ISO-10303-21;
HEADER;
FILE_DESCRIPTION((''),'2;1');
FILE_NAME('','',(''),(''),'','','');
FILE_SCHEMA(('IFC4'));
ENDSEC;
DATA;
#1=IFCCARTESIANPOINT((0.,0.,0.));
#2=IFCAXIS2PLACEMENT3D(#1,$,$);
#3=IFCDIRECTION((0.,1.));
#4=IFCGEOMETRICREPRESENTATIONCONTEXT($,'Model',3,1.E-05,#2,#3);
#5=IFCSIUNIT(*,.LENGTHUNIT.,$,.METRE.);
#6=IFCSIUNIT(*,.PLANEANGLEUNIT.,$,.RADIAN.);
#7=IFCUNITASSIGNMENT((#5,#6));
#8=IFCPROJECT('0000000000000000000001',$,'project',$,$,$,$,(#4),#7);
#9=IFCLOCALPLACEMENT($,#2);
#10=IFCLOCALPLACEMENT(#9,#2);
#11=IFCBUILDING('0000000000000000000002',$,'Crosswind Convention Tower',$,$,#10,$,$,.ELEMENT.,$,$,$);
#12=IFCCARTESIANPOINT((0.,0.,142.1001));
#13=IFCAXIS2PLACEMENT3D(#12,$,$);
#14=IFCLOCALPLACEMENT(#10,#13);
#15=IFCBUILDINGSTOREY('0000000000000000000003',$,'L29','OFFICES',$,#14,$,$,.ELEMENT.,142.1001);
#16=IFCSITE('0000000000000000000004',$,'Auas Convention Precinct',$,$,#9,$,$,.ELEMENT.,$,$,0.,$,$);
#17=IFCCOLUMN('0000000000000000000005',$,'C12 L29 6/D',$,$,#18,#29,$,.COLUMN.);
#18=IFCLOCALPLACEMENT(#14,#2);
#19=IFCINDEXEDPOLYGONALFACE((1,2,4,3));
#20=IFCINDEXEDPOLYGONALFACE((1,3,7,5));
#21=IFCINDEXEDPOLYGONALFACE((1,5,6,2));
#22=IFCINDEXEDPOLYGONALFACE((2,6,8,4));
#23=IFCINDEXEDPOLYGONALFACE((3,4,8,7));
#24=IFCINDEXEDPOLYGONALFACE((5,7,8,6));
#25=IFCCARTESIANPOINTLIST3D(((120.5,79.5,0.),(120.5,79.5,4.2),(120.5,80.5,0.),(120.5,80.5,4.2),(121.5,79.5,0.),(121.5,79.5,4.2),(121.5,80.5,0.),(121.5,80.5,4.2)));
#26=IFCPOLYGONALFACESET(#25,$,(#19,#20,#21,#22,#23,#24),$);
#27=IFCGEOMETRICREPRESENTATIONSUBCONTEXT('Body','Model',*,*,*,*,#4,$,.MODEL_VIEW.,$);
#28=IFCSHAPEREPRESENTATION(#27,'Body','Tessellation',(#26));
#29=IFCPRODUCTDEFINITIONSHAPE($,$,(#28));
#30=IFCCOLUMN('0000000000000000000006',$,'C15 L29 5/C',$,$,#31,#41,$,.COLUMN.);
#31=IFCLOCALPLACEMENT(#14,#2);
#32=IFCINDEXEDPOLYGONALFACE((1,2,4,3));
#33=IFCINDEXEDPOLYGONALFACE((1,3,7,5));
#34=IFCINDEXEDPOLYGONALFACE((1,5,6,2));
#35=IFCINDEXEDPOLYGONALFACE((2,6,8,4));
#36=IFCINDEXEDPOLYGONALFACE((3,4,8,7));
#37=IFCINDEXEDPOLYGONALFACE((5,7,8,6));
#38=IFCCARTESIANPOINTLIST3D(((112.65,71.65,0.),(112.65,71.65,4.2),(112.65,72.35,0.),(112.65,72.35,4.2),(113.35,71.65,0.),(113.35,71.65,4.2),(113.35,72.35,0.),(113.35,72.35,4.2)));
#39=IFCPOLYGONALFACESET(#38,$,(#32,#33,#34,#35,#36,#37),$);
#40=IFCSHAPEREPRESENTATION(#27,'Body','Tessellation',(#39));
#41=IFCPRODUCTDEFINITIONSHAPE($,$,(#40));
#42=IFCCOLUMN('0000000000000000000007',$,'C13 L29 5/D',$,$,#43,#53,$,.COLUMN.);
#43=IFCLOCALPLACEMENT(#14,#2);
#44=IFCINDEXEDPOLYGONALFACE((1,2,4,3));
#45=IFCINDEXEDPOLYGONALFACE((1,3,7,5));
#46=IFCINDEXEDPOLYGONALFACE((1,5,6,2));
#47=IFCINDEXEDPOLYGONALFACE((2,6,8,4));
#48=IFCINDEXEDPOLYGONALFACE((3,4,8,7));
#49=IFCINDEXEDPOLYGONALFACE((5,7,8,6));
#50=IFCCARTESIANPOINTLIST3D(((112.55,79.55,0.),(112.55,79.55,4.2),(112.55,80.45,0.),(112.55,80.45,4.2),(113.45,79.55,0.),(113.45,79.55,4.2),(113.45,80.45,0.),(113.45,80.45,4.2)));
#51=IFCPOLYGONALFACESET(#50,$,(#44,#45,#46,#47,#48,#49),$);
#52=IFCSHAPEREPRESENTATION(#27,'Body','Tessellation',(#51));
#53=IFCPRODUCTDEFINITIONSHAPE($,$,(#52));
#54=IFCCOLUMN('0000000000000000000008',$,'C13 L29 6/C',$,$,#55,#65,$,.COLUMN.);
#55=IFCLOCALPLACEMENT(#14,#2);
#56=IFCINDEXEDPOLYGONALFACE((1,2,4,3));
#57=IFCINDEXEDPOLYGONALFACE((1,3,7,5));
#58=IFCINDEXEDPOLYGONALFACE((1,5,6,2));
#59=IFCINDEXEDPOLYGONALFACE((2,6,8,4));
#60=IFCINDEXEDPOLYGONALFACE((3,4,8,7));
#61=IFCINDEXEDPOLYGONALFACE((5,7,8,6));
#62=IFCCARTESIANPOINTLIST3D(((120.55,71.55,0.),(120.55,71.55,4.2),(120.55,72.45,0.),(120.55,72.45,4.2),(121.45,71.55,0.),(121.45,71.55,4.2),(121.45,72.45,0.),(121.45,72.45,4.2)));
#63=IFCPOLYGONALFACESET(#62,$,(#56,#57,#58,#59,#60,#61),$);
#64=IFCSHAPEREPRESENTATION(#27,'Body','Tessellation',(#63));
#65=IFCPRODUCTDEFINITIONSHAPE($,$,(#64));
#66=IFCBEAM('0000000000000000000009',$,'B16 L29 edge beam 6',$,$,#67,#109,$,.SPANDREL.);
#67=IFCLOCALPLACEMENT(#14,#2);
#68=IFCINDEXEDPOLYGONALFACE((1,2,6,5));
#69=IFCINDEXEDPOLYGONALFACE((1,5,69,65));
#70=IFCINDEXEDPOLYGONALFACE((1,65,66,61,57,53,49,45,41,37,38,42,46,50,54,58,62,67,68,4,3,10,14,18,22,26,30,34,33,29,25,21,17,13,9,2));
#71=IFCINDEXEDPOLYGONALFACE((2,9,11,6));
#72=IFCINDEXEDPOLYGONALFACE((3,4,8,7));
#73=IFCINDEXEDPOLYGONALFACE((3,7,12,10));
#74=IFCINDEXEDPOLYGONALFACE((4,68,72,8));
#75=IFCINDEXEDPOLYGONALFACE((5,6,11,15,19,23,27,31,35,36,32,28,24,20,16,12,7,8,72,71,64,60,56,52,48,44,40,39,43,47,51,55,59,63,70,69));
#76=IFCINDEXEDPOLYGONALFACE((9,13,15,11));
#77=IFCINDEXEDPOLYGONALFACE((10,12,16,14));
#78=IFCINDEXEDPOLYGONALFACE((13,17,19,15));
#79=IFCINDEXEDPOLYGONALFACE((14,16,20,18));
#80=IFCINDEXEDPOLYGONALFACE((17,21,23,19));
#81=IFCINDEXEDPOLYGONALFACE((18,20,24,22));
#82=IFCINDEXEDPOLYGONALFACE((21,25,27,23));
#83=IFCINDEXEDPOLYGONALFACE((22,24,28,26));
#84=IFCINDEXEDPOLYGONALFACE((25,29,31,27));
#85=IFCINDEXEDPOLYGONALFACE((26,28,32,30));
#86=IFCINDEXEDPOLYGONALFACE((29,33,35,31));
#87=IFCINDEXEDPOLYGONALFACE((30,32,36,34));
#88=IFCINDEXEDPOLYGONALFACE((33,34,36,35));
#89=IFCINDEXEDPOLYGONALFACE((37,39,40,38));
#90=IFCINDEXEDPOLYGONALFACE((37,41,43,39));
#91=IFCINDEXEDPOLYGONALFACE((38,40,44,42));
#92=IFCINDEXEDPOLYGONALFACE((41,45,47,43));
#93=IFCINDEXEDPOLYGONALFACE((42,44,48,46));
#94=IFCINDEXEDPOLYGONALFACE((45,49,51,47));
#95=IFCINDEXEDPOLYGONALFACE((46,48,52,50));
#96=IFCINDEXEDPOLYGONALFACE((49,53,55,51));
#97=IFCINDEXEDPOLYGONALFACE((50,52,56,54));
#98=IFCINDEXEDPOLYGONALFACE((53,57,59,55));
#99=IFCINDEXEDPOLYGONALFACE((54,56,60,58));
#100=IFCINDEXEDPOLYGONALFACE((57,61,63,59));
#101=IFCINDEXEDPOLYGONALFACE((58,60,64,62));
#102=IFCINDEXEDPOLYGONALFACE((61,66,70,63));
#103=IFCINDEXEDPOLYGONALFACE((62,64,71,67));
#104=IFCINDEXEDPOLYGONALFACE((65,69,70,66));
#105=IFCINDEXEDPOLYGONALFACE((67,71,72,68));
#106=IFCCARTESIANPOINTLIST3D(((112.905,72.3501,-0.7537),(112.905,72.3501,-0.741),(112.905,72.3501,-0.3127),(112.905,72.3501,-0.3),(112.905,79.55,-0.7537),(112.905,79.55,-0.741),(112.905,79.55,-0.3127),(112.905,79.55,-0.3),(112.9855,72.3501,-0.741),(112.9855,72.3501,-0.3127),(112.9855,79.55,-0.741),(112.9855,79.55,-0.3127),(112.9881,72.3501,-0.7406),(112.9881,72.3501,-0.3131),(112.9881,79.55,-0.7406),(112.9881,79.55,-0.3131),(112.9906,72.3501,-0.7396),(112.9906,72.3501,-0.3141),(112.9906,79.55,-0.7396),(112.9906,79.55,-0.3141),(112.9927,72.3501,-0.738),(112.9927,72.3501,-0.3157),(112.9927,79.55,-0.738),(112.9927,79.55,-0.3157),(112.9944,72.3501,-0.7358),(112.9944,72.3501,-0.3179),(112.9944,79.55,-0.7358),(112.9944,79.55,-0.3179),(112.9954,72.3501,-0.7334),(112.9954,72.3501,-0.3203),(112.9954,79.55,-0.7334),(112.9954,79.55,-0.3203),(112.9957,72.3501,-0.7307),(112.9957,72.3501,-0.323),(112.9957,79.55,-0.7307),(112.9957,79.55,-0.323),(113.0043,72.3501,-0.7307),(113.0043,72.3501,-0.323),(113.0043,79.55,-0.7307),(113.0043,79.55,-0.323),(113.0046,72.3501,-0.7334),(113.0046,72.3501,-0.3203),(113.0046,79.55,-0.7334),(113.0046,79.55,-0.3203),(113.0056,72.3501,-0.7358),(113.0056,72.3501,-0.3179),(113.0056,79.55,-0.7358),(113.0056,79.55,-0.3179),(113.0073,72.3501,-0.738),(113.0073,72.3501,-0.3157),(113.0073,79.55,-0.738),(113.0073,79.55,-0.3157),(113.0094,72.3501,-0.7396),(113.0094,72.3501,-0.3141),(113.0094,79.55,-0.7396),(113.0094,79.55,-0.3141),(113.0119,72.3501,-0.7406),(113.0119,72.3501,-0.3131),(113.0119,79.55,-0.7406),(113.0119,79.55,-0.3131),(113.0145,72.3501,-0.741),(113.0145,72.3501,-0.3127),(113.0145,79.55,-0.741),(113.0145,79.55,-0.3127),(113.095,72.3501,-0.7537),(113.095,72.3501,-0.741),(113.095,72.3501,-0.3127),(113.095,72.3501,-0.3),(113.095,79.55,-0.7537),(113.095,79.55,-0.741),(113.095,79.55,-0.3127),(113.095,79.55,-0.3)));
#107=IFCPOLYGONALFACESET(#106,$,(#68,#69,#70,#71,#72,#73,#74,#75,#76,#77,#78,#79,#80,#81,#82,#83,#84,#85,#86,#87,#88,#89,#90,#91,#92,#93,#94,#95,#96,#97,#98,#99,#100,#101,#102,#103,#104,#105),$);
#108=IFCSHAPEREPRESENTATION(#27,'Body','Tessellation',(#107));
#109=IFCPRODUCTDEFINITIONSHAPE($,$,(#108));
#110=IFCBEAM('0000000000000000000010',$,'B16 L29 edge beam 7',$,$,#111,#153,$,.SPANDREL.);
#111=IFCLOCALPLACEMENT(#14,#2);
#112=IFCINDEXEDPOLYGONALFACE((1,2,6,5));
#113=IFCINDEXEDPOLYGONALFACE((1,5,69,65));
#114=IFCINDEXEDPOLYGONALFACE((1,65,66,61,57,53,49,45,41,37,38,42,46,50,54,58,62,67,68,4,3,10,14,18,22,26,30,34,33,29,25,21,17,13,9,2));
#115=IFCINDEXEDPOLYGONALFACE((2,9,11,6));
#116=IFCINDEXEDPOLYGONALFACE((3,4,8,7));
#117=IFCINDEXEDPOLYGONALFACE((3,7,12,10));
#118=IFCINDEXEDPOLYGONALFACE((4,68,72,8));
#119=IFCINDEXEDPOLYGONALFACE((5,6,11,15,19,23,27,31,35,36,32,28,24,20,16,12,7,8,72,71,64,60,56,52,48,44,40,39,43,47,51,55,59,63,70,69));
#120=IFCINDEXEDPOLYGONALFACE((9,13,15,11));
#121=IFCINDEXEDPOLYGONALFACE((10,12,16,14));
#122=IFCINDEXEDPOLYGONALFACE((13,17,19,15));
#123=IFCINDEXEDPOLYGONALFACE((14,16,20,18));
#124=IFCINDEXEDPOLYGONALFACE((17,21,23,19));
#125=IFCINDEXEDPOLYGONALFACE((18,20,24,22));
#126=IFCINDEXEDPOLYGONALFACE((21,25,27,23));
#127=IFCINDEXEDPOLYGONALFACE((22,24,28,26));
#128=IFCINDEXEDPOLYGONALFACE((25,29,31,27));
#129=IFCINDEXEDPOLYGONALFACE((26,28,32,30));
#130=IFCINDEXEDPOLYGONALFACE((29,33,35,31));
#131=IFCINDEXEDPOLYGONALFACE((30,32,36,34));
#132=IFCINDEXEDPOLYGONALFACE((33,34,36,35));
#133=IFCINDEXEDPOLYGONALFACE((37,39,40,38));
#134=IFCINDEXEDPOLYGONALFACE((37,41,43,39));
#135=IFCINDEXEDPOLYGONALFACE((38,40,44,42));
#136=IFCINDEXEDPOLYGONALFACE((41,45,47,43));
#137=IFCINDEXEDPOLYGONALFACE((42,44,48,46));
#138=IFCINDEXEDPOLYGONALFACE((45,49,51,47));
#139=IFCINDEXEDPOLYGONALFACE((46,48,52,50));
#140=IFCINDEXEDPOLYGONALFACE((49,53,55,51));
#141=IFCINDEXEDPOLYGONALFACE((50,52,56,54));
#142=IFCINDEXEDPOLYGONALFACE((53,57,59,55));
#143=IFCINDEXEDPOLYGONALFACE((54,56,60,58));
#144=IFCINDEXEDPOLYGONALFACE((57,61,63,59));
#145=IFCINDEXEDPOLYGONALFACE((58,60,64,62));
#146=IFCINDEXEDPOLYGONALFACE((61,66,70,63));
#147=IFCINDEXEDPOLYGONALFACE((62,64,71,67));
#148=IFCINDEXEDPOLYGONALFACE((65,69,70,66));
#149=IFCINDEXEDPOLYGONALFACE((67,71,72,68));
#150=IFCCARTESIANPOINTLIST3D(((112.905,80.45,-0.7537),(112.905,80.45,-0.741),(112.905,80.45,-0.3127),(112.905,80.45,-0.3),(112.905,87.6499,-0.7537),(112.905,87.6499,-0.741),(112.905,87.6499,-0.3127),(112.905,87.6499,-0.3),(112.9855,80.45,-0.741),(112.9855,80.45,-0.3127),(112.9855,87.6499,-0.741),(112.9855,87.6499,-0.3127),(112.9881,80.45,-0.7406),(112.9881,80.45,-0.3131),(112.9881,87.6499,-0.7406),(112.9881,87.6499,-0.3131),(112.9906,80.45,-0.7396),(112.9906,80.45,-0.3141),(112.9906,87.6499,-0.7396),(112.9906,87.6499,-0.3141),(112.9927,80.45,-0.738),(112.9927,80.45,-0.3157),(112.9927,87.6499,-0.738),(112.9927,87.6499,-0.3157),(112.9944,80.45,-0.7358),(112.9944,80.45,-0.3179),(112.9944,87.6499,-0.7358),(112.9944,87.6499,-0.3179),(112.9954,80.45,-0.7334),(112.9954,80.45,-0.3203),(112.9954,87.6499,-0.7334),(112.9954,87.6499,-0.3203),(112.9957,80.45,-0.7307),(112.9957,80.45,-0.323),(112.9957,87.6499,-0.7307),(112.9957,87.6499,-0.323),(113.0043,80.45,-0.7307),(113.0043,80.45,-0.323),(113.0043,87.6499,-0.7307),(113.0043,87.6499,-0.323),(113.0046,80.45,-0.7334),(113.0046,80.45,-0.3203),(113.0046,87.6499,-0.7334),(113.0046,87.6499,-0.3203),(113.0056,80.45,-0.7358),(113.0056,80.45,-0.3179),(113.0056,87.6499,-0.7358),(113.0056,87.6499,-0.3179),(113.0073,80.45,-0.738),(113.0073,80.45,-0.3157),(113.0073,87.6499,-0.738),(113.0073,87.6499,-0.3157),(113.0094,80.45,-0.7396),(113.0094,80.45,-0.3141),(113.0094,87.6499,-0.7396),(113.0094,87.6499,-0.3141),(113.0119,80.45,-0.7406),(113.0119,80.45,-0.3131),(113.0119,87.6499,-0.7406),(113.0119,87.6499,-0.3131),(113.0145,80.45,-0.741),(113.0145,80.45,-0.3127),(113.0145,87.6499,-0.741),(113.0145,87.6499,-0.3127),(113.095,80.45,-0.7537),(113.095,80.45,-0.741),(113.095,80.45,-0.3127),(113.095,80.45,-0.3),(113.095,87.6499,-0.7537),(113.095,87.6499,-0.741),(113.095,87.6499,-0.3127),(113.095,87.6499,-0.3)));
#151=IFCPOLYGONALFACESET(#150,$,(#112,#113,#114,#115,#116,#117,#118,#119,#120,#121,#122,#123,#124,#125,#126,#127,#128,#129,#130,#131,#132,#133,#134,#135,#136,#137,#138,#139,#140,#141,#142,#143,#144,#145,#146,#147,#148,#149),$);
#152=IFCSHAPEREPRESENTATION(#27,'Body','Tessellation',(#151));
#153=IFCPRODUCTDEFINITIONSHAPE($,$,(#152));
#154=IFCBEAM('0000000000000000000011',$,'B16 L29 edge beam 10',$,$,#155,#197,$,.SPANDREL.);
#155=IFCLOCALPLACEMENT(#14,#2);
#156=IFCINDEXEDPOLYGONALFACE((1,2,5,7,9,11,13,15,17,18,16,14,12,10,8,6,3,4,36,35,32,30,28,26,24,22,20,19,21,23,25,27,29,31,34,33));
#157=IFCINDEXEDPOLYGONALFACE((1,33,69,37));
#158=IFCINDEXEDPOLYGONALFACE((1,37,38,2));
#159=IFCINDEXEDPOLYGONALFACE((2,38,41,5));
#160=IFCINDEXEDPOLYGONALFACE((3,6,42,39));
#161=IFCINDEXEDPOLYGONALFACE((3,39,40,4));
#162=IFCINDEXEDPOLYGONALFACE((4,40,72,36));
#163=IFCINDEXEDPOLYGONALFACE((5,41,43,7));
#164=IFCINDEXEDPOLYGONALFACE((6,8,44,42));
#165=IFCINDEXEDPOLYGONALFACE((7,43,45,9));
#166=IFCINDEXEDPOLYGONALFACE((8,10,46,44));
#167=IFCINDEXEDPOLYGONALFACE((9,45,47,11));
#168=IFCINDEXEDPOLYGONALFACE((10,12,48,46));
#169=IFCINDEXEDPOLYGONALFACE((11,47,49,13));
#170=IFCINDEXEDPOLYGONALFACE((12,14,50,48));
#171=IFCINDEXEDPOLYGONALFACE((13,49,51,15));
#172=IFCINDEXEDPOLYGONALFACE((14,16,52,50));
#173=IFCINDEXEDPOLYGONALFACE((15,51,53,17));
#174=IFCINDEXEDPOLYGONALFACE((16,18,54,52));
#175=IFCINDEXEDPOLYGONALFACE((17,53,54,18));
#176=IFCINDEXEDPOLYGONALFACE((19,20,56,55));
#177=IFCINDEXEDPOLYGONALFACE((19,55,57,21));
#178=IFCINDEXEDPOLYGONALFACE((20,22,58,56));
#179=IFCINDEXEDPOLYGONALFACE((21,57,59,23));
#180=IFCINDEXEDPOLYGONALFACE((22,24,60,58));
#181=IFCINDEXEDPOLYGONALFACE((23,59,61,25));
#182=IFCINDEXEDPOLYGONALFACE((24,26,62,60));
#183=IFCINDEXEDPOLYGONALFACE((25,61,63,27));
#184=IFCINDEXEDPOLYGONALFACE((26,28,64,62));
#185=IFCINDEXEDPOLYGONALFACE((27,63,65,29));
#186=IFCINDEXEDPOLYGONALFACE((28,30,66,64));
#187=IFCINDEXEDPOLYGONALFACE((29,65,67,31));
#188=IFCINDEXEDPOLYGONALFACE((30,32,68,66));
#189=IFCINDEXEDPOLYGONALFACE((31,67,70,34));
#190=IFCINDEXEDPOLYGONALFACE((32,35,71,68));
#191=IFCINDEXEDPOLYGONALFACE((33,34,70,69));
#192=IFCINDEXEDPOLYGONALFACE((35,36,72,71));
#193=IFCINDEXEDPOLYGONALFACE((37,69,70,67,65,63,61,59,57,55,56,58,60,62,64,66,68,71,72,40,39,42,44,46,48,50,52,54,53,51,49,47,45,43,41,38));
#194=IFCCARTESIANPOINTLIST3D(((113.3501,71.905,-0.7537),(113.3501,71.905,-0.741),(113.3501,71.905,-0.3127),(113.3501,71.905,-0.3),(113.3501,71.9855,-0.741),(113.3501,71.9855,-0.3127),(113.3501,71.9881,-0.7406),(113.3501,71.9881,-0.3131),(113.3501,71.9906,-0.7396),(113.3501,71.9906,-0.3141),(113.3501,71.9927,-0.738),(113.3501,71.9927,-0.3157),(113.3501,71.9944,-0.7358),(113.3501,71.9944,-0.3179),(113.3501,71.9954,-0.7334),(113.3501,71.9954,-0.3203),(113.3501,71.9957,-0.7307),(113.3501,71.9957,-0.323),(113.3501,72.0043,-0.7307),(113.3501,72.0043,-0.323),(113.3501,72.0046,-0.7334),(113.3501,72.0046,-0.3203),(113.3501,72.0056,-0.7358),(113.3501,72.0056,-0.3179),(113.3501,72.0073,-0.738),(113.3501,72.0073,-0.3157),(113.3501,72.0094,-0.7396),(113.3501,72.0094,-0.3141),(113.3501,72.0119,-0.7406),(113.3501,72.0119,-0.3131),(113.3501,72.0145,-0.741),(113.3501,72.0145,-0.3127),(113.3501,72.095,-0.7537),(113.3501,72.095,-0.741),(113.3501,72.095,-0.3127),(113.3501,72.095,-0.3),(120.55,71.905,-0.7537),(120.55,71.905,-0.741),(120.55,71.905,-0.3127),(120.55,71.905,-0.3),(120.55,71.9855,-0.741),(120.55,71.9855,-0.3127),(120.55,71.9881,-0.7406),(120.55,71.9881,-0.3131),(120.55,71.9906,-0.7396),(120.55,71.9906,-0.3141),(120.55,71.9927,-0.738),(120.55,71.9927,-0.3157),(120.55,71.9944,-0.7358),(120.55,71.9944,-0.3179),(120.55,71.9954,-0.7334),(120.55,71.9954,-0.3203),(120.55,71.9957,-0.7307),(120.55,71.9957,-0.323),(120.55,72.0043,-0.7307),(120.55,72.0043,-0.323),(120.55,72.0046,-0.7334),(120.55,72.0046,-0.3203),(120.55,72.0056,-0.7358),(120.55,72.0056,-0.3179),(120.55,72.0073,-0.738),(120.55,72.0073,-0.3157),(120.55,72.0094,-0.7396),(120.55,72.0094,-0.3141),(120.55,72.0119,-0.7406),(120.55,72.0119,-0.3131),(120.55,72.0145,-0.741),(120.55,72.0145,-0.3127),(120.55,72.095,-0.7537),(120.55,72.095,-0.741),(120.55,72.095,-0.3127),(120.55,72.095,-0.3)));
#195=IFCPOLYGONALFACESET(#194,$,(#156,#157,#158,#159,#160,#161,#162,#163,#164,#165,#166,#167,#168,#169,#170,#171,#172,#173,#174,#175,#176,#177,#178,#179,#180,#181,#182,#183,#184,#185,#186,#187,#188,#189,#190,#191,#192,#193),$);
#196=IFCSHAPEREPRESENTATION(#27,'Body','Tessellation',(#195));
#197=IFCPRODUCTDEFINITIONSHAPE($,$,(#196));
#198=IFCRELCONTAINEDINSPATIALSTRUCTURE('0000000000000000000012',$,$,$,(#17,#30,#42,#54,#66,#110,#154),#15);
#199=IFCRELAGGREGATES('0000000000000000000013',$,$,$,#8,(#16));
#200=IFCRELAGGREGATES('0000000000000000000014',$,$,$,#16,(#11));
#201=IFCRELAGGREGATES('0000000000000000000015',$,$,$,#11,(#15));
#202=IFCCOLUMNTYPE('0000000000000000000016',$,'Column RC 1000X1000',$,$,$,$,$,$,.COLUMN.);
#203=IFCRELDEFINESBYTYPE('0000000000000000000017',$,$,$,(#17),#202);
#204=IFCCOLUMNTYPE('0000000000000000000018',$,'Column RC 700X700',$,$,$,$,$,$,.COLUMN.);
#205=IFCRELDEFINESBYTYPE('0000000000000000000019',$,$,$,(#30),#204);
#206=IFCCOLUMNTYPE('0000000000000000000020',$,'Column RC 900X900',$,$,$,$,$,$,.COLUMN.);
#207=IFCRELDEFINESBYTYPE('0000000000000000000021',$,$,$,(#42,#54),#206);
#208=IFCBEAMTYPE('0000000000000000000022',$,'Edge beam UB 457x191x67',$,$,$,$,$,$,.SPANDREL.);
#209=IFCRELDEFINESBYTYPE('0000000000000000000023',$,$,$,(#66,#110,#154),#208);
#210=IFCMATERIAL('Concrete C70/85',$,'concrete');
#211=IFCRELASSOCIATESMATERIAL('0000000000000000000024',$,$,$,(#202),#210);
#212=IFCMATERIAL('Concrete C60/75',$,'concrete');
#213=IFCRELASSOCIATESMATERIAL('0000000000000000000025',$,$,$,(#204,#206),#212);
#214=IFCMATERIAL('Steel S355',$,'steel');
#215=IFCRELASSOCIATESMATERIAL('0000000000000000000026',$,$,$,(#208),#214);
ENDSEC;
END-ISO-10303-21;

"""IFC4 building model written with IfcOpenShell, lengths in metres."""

from ifc_helpers import new_model, si_unit, direction, frame, origin, origin_2d, place, context, subcontext, project, spatial, rectangle, i_section, extrude, material, material_profile, profile_set, type_object, element, save


model = new_model("IFC4")

# Units and contexts
model_context = context("Model", 3, precision=1e-05, world=origin(), true_north=direction((0.0, 1.0)))
body_context = subcontext(model_context, "Body", "Model", "MODEL_VIEW")
ifc_project = project(units=[si_unit("LENGTHUNIT", "METRE"), si_unit("PLANEANGLEUNIT", "RADIAN")], contexts=[model_context])

# Site, building, storey
site_placement = place(None, origin())
site = spatial("IfcSite", under=ifc_project, at=site_placement, Name="Auas Convention Precinct", CompositionType="ELEMENT", RefElevation=0.0)
building_placement = place(site_placement, origin())
building = spatial("IfcBuilding", under=site, at=building_placement, Name="Crosswind Convention Tower", CompositionType="ELEMENT")
storey_placement = place(building_placement, frame((0.0, 0.0, 142.1001)))
storey = spatial("IfcBuildingStorey", under=building, at=storey_placement, Name="L29", Description="OFFICES", CompositionType="ELEMENT", Elevation=142.1001)

# Columns
ifc_material_1 = material(Name="Concrete C70/85", Category="concrete")
ifc_material_profile_1 = material_profile(ifc_material_1, rectangle(XDim=1.0, YDim=1.0, at=origin_2d()), Name="RC 1000X1000")
ifc_profile_set_1 = profile_set([ifc_material_profile_1], Name="Concrete C70/85")
column_type_1 = type_object("IfcColumnType", Name="Column RC 1000X1000", PredefinedType="COLUMN", material=ifc_profile_set_1)
column_1_placement = place(storey_placement, frame((121.0, 80.0, 0.0), z_axis=(0.0, 0.0, 1.0), x_axis=(1.0, 0.0, 0.0)))
element("IfcColumn", 1, at=column_1_placement, inside=storey, type_object=column_type_1, Name="C12 L29 6/D", PredefinedType="COLUMN", context=body_context, shape_type="SweptSolid", body=[
    extrude(rectangle(XDim=1.0, YDim=1.0, at=origin_2d()), origin(), (0.0, 0.0, 1.0), 4.2),
])
ifc_material_2 = material(Name="Concrete C60/75", Category="concrete")
ifc_material_profile_2 = material_profile(ifc_material_2, rectangle(XDim=0.7, YDim=0.7, at=origin_2d()), Name="RC 700X700")
ifc_profile_set_2 = profile_set([ifc_material_profile_2], Name="Concrete C60/75")
column_type_2 = type_object("IfcColumnType", Name="Column RC 700X700", PredefinedType="COLUMN", material=ifc_profile_set_2)
column_2_placement = place(storey_placement, frame((113.0, 72.0, 0.0), z_axis=(0.0, 0.0, 1.0), x_axis=(1.0, 0.0, 0.0)))
element("IfcColumn", 2, at=column_2_placement, inside=storey, type_object=column_type_2, Name="C15 L29 5/C", PredefinedType="COLUMN", context=body_context, shape_type="SweptSolid", body=[
    extrude(rectangle(XDim=0.7, YDim=0.7, at=origin_2d()), origin(), (0.0, 0.0, 1.0), 4.2),
])
ifc_material_profile_3 = material_profile(ifc_material_2, rectangle(XDim=0.8999, YDim=0.8999, at=origin_2d()), Name="RC 900X900")
ifc_profile_set_3 = profile_set([ifc_material_profile_3], Name="Concrete C60/75")
column_type_3 = type_object("IfcColumnType", Name="Column RC 900X900", PredefinedType="COLUMN", material=ifc_profile_set_3)
for number, where, z_axis, x_axis, name in (
    (3, (113.0, 80.0, 0.0), (0.0, 0.0, 1.0), (1.0, 0.0, 0.0), "C13 L29 5/D"),
    (4, (121.0, 72.0, 0.0), (0.0, 0.0, 1.0), (1.0, 0.0, 0.0), "C13 L29 6/C"),
):
    element("IfcColumn", number, at=place(storey_placement, frame(where, z_axis=z_axis, x_axis=x_axis)), inside=storey, type_object=column_type_3, Name=name, PredefinedType="COLUMN", context=body_context, shape_type="SweptSolid", body=[
        extrude(rectangle(XDim=0.8999, YDim=0.8999, at=origin_2d()), origin(), (0.0, 0.0, 1.0), 4.2),
    ])

# Beams
ifc_material_3 = material(Name="Steel S355", Category="steel")
ifc_material_profile_4 = material_profile(ifc_material_3, i_section(OverallWidth=0.1899, OverallDepth=0.4536, WebThickness=0.0085, FlangeThickness=0.0127, FilletRadius=0.0103, at=origin_2d()), Name="UB 457x191x67")
ifc_profile_set_4 = profile_set([ifc_material_profile_4], Name="Steel S355")
beam_type_1 = type_object("IfcBeamType", Name="Edge beam UB 457x191x67", PredefinedType="SPANDREL", material=ifc_profile_set_4)
for number, where, z_axis, x_axis, name in (
    (5, (113.0, 72.3501, -0.5269), (0.0, 1.0, 0.0), (-1.0, 0.0, 0.0), "B16 L29 edge beam 6"),
    (6, (113.0, 80.45, -0.5269), (0.0, 1.0, 0.0), (-1.0, 0.0, 0.0), "B16 L29 edge beam 7"),
    (7, (113.3501, 72.0, -0.5269), (1.0, 0.0, 0.0), (0.0, 1.0, 0.0), "B16 L29 edge beam 10"),
):
    element("IfcBeam", number, at=place(storey_placement, frame(where, z_axis=z_axis, x_axis=x_axis)), inside=storey, type_object=beam_type_1, Name=name, PredefinedType="SPANDREL", context=body_context, shape_type="SweptSolid", body=[
        extrude(i_section(OverallWidth=0.1899, OverallDepth=0.4536, WebThickness=0.0085, FlangeThickness=0.0127, FilletRadius=0.0103, at=origin_2d()), origin(), (0.0, 0.0, 1.0), 7.2),
    ])

save(model, "model.ifc")
